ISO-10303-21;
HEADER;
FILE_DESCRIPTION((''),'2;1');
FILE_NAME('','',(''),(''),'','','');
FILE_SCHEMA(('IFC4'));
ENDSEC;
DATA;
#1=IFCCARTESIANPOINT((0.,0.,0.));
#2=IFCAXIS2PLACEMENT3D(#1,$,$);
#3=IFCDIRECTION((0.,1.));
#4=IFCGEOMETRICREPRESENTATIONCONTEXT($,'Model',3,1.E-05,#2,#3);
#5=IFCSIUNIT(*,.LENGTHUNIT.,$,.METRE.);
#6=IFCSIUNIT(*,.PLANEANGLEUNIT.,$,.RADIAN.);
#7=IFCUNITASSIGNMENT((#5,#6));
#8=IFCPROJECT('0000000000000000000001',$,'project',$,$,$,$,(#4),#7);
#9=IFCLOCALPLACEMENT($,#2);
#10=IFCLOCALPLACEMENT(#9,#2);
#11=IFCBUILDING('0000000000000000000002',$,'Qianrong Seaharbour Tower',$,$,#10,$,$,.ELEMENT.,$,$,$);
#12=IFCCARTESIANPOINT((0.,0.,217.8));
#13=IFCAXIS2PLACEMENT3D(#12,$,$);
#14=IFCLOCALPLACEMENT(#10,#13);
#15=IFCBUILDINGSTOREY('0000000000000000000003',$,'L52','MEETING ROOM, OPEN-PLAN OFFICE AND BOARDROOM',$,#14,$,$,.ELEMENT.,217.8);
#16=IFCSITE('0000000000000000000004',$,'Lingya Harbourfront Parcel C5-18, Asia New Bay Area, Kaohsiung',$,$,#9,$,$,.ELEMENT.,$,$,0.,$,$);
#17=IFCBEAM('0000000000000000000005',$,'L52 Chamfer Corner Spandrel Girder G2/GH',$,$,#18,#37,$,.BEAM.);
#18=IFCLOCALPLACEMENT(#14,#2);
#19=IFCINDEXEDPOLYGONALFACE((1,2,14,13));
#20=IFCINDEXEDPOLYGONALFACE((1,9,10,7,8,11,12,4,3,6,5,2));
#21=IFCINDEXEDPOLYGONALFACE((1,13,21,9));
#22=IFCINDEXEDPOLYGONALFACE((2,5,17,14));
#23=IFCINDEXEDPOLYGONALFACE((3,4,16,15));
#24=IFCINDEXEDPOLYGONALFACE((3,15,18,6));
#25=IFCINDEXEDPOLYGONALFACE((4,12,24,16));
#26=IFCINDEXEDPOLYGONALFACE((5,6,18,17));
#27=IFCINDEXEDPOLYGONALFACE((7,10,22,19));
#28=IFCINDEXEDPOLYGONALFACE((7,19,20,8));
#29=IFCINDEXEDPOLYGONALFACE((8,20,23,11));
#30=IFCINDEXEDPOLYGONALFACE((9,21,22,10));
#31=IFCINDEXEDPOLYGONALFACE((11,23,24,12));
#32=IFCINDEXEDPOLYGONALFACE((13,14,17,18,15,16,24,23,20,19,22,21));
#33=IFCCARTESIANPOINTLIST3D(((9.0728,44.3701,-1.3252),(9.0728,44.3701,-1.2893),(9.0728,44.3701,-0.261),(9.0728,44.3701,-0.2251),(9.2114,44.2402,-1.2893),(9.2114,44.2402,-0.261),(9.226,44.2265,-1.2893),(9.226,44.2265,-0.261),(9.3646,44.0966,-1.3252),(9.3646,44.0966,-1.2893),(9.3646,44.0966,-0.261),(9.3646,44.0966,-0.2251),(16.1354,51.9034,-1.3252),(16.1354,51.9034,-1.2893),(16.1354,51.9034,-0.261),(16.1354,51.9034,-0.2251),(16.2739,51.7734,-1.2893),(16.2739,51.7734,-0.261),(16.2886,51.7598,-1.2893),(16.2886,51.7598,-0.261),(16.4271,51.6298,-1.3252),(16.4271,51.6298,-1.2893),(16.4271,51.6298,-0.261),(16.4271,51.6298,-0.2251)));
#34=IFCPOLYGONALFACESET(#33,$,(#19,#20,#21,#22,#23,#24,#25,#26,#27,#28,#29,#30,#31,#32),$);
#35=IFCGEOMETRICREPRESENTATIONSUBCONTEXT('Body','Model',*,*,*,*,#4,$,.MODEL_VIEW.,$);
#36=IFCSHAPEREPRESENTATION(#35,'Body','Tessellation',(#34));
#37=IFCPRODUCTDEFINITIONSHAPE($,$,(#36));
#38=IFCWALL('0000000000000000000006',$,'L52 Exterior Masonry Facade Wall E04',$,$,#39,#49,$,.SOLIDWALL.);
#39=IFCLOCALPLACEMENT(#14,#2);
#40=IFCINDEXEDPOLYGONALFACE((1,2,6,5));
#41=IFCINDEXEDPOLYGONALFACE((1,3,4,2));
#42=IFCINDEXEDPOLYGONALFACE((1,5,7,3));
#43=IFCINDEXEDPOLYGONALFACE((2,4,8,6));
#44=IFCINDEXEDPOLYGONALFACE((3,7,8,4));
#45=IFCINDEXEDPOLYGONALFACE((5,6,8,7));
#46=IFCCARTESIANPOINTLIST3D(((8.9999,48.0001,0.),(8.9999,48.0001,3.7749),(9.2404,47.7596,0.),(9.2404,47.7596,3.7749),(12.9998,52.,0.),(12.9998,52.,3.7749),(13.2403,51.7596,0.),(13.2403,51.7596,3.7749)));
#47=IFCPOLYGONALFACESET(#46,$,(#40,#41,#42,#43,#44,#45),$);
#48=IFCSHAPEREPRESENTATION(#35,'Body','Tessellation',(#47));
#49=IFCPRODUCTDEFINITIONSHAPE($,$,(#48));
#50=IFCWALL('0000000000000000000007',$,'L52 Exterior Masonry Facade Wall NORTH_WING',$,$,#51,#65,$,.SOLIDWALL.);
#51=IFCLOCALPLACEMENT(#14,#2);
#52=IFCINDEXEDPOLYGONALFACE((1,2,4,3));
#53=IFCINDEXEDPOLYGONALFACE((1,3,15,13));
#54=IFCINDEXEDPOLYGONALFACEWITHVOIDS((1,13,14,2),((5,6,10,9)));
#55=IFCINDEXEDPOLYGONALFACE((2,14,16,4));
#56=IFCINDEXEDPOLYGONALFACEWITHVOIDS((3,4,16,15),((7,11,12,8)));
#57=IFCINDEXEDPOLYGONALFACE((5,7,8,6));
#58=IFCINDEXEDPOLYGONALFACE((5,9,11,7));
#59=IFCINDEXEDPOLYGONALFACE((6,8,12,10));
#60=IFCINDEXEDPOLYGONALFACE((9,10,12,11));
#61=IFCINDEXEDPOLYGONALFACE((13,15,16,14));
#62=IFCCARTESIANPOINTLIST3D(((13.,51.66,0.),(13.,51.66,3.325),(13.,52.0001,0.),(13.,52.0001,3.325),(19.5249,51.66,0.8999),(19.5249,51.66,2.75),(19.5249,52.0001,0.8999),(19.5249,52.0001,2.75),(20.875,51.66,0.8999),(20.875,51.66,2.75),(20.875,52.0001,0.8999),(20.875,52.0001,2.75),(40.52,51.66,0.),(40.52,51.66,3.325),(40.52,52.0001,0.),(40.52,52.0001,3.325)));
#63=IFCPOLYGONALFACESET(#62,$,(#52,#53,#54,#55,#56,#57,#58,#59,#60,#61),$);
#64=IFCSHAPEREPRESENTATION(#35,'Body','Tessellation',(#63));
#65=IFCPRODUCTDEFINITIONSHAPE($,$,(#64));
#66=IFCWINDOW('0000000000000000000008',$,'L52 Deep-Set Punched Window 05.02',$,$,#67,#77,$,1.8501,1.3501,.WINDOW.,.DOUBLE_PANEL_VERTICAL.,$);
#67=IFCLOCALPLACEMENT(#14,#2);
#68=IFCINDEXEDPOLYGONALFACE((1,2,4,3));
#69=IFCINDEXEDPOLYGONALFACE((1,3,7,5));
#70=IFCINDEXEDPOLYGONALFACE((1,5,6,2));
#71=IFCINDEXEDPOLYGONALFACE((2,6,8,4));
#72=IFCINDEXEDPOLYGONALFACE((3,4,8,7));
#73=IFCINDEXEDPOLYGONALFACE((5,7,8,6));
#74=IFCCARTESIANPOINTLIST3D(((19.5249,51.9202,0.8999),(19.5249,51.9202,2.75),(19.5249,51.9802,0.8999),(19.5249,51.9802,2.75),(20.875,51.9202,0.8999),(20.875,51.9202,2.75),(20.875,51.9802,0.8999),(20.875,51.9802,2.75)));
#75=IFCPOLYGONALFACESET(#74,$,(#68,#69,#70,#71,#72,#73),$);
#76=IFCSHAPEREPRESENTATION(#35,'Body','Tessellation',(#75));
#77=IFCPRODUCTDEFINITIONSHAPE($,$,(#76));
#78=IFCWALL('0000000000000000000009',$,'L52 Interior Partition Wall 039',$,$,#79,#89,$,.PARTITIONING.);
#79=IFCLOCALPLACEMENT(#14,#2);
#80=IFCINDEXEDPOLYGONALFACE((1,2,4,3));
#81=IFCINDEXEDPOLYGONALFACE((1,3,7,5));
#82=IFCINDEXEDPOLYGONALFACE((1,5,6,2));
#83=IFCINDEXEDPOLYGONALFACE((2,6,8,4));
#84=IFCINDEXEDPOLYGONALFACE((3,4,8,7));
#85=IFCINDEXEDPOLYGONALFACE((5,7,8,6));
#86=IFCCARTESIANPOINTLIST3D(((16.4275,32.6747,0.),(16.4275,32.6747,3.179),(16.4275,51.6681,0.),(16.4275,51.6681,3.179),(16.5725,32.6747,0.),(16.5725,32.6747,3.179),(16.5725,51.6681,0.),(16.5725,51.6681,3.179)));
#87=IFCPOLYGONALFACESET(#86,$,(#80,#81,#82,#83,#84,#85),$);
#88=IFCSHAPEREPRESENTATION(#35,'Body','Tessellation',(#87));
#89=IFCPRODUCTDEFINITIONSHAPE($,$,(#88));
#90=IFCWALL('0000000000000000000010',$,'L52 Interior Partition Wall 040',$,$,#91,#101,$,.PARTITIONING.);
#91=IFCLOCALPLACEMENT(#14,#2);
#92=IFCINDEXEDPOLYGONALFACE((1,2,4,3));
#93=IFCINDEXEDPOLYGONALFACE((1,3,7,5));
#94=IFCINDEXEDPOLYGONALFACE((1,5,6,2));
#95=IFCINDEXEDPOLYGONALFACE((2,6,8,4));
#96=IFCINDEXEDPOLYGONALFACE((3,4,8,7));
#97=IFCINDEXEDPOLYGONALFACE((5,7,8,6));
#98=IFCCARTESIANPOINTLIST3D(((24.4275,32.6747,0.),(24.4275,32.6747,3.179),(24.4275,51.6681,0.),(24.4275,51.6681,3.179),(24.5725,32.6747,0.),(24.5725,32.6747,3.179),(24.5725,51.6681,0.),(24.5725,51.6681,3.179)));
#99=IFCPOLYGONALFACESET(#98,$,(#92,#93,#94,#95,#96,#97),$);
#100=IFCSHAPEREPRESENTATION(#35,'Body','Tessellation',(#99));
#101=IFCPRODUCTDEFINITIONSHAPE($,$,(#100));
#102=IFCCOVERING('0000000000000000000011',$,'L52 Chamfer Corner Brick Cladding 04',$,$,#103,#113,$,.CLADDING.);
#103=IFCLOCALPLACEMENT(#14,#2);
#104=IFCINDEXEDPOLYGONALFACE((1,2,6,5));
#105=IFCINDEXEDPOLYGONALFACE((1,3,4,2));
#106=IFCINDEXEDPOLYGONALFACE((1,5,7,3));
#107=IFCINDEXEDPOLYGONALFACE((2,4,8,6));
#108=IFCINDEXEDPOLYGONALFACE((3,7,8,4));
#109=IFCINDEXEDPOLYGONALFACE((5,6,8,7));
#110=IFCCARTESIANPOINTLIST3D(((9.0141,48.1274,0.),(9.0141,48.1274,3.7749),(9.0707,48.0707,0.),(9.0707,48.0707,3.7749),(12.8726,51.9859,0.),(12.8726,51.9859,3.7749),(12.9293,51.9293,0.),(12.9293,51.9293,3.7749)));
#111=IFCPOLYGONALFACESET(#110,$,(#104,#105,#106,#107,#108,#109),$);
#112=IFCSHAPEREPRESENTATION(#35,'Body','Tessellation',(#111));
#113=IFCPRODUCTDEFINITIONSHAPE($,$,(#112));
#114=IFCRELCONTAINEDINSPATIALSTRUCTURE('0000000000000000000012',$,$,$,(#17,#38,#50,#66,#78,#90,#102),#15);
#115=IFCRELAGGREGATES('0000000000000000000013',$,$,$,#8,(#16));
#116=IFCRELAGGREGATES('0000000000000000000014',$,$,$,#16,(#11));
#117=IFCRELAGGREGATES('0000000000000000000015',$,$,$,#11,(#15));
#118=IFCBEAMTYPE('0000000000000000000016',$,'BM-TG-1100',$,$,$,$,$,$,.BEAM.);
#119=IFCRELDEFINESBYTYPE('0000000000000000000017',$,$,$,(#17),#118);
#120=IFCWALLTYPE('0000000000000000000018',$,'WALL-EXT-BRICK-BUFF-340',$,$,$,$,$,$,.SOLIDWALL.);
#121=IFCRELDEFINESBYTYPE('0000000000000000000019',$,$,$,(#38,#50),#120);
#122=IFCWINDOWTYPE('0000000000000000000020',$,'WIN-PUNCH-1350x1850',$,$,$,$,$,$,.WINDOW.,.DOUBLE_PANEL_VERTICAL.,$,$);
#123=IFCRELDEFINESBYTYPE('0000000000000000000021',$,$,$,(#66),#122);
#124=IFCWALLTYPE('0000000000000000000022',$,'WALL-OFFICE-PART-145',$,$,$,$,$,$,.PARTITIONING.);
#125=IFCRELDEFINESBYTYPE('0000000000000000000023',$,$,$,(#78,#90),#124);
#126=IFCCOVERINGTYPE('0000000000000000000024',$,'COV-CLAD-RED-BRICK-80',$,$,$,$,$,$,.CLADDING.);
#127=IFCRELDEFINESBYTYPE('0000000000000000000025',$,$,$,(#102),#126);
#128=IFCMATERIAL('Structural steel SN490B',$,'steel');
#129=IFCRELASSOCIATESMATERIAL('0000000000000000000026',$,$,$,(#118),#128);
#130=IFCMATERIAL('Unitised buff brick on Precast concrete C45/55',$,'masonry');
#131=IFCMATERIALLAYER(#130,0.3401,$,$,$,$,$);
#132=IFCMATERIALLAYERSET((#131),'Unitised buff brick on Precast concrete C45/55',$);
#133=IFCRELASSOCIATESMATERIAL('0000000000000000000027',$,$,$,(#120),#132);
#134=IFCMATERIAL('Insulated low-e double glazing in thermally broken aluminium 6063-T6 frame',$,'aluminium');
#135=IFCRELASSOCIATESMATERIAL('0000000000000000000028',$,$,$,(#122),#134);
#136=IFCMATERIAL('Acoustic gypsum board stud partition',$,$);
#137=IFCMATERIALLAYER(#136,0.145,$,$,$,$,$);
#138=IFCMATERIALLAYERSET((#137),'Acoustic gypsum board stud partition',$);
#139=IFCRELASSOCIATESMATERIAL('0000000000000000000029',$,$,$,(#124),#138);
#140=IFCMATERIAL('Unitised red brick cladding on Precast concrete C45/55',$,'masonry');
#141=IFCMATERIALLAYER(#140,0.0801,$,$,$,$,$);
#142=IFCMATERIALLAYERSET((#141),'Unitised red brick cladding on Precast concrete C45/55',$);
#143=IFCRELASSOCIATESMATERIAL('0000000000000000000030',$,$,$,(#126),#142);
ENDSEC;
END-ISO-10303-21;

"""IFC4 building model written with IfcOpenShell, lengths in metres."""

from ifc_helpers import new_model, si_unit, direction, frame, frame_2d, origin, origin_2d, place, context, subcontext, project, spatial, rectangle, i_section, extrude, material, layer, layer_set, material_profile, profile_set, type_object, element, fill, save


model = new_model("IFC4")

# Units and contexts
model_context = context("Model", 3, precision=1e-05, world=origin(), true_north=direction((0.0, 1.0)))
body_context = subcontext(model_context, "Body", "Model", "MODEL_VIEW")
ifc_project = project(units=[si_unit("LENGTHUNIT", "METRE"), si_unit("PLANEANGLEUNIT", "RADIAN")], contexts=[model_context])

# Site, building, storey
site_placement = place(None, origin())
site = spatial("IfcSite", under=ifc_project, at=site_placement, Name="Lingya Harbourfront Parcel C5-18, Asia New Bay Area, Kaohsiung", CompositionType="ELEMENT", RefElevation=0.0)
building_placement = place(site_placement, origin())
building = spatial("IfcBuilding", under=site, at=building_placement, Name="Qianrong Seaharbour Tower", CompositionType="ELEMENT")
storey_placement = place(building_placement, frame((0.0, 0.0, 217.8)))
storey = spatial("IfcBuildingStorey", under=building, at=storey_placement, Name="L52", Description="MEETING ROOM, OPEN-PLAN OFFICE AND BOARDROOM", CompositionType="ELEMENT", Elevation=217.8)

# Shared definitions
ifc_material_1 = material(Name="Structural steel SN490B", Category="steel")

# Beam
ifc_material_profile_1 = material_profile(ifc_material_1, i_section(OverallWidth=0.3999, OverallDepth=1.1001, WebThickness=0.02, FlangeThickness=0.0359, at=origin_2d()), Name="BH1100x400x20x36")
ifc_profile_set_1 = profile_set([ifc_material_profile_1], Name="Structural steel SN490B")
beam_type_1 = type_object("IfcBeamType", Name="BM-TG-1100", PredefinedType="BEAM", material=ifc_profile_set_1)
beam_1_placement = place(storey_placement, frame((16.2812, 51.7666, -0.7751), z_axis=(-0.683947, -0.729531, 0.0), x_axis=(0.729531, -0.683947, 0.0)))
element("IfcBeam", 1, at=beam_1_placement, inside=storey, type_object=beam_type_1, Name="L52 Chamfer Corner Spandrel Girder G2/GH", PredefinedType="BEAM", context=body_context, shape_type="SweptSolid", body=[
    extrude(i_section(OverallWidth=0.3999, OverallDepth=1.1001, WebThickness=0.02, FlangeThickness=0.0359, at=origin_2d()), origin(), (0.0, 0.0, 1.0), 10.3262),
])

# Wall
ifc_material_2 = material(Name="Unitised buff brick on Precast concrete C45/55", Category="masonry")
ifc_layer_1 = layer(ifc_material_2, 0.3401)
ifc_layer_set_1 = layer_set([ifc_layer_1], Name="Unitised buff brick on Precast concrete C45/55")
wall_type_1 = type_object("IfcWallType", Name="WALL-EXT-BRICK-BUFF-340", PredefinedType="SOLIDWALL", material=ifc_layer_set_1)
wall_1_placement = place(storey_placement, frame((9.1201, 47.8799, 0.0), z_axis=(0.0, 0.0, 1.0), x_axis=(0.707107, 0.707107, 0.0)))
element("IfcWall", 2, at=wall_1_placement, inside=storey, type_object=wall_type_1, Name="L52 Exterior Masonry Facade Wall E04", PredefinedType="SOLIDWALL", context=body_context, shape_type="SweptSolid", body=[
    extrude(rectangle(XDim=5.6567, YDim=0.3401, at=frame_2d((2.8284, 0.0))), origin(), (0.0, 0.0, 1.0), 3.7749),
])

# Wall, opening, window
wall_2_placement = place(storey_placement, frame((13.0, 51.8301, 0.0), z_axis=(0.0, 0.0, 1.0), x_axis=(1.0, 0.0, 0.0)))
wall_2 = element("IfcWall", 3, at=wall_2_placement, inside=storey, type_object=wall_type_1, Name="L52 Exterior Masonry Facade Wall NORTH_WING", PredefinedType="SOLIDWALL", context=body_context, shape_type="SweptSolid", body=[
    extrude(rectangle(XDim=27.52, YDim=0.3401, at=frame_2d((13.76, 0.0))), origin(), (0.0, 0.0, 1.0), 3.325),
])
opening_placement = place(wall_2_placement, frame((6.5249, 0.0, 0.8999)))
opening = element("IfcOpeningElement", 4, at=opening_placement, cuts=wall_2, PredefinedType="OPENING", context=body_context, shape_type="SweptSolid", body=[
    extrude(rectangle(XDim=1.3501, YDim=1.8501, at=frame_2d((0.675, 0.925))), frame((0.0, 0.1802, 0.0), z_axis=(0.0, -1.0, 0.0), x_axis=(1.0, 0.0, 0.0)), (0.0, 0.0, 1.0), 0.3601),
])
ifc_material_3 = material(Name="Insulated low-e double glazing in thermally broken aluminium 6063-T6 frame", Category="aluminium")
window_type = type_object("IfcWindowType", Name="WIN-PUNCH-1350x1850", PartitioningType="DOUBLE_PANEL_VERTICAL", PredefinedType="WINDOW", material=ifc_material_3)
window_placement = place(opening_placement, origin())
window = element("IfcWindow", 5, at=window_placement, inside=storey, type_object=window_type, Name="L52 Deep-Set Punched Window 05.02", OverallHeight=1.8501, OverallWidth=1.3501, PartitioningType="DOUBLE_PANEL_VERTICAL", PredefinedType="WINDOW", context=body_context, shape_type="SweptSolid", body=[
    extrude(rectangle(XDim=1.3501, YDim=1.8501, at=frame_2d((0.675, 0.925))), frame((0.0, 0.1501, 0.0), z_axis=(0.0, -1.0, 0.0), x_axis=(1.0, 0.0, 0.0)), (0.0, 0.0, 1.0), 0.0601),
])
fill(opening, window)

# Walls
ifc_material_4 = material(Name="Acoustic gypsum board stud partition")
ifc_layer_2 = layer(ifc_material_4, 0.145)
ifc_layer_set_2 = layer_set([ifc_layer_2], Name="Acoustic gypsum board stud partition")
wall_type_2 = type_object("IfcWallType", Name="WALL-OFFICE-PART-145", PredefinedType="PARTITIONING", material=ifc_layer_set_2)
for number, where, z_axis, x_axis, name in (
    (6, (16.5, 51.668, 0.0), (0.0, 0.0, 1.0), (0.0, -1.0, 0.0), "L52 Interior Partition Wall 039"),
    (7, (24.5, 51.668, 0.0), (0.0, 0.0, 1.0), (0.0, -1.0, 0.0), "L52 Interior Partition Wall 040"),
):
    element("IfcWall", number, at=place(storey_placement, frame(where, z_axis=z_axis, x_axis=x_axis)), inside=storey, type_object=wall_type_2, Name=name, PredefinedType="PARTITIONING", context=body_context, shape_type="SweptSolid", body=[
        extrude(rectangle(XDim=18.9934, YDim=0.145, at=frame_2d((9.4966, 0.0))), origin(), (0.0, 0.0, 1.0), 3.179),
    ])

# Covering
ifc_material_5 = material(Name="Unitised red brick cladding on Precast concrete C45/55", Category="masonry")
ifc_layer_3 = layer(ifc_material_5, 0.0801)
ifc_layer_set_3 = layer_set([ifc_layer_3], Name="Unitised red brick cladding on Precast concrete C45/55")
covering_type = type_object("IfcCoveringType", Name="COV-CLAD-RED-BRICK-80", PredefinedType="CLADDING", material=ifc_layer_set_3)
covering_placement = place(storey_placement, frame((10.9717, 50.0283, 0.0), z_axis=(0.0, 0.0, 1.0), x_axis=(0.707107, 0.707107, 0.0)))
element("IfcCovering", 8, at=covering_placement, inside=storey, type_object=covering_type, Name="L52 Chamfer Corner Brick Cladding 04", PredefinedType="CLADDING", context=body_context, shape_type="SweptSolid", body=[
    extrude(rectangle(XDim=5.4568, YDim=0.0801, at=origin_2d()), origin(), (0.0, 0.0, 1.0), 3.7749),
])

save(model, "model.ifc")
